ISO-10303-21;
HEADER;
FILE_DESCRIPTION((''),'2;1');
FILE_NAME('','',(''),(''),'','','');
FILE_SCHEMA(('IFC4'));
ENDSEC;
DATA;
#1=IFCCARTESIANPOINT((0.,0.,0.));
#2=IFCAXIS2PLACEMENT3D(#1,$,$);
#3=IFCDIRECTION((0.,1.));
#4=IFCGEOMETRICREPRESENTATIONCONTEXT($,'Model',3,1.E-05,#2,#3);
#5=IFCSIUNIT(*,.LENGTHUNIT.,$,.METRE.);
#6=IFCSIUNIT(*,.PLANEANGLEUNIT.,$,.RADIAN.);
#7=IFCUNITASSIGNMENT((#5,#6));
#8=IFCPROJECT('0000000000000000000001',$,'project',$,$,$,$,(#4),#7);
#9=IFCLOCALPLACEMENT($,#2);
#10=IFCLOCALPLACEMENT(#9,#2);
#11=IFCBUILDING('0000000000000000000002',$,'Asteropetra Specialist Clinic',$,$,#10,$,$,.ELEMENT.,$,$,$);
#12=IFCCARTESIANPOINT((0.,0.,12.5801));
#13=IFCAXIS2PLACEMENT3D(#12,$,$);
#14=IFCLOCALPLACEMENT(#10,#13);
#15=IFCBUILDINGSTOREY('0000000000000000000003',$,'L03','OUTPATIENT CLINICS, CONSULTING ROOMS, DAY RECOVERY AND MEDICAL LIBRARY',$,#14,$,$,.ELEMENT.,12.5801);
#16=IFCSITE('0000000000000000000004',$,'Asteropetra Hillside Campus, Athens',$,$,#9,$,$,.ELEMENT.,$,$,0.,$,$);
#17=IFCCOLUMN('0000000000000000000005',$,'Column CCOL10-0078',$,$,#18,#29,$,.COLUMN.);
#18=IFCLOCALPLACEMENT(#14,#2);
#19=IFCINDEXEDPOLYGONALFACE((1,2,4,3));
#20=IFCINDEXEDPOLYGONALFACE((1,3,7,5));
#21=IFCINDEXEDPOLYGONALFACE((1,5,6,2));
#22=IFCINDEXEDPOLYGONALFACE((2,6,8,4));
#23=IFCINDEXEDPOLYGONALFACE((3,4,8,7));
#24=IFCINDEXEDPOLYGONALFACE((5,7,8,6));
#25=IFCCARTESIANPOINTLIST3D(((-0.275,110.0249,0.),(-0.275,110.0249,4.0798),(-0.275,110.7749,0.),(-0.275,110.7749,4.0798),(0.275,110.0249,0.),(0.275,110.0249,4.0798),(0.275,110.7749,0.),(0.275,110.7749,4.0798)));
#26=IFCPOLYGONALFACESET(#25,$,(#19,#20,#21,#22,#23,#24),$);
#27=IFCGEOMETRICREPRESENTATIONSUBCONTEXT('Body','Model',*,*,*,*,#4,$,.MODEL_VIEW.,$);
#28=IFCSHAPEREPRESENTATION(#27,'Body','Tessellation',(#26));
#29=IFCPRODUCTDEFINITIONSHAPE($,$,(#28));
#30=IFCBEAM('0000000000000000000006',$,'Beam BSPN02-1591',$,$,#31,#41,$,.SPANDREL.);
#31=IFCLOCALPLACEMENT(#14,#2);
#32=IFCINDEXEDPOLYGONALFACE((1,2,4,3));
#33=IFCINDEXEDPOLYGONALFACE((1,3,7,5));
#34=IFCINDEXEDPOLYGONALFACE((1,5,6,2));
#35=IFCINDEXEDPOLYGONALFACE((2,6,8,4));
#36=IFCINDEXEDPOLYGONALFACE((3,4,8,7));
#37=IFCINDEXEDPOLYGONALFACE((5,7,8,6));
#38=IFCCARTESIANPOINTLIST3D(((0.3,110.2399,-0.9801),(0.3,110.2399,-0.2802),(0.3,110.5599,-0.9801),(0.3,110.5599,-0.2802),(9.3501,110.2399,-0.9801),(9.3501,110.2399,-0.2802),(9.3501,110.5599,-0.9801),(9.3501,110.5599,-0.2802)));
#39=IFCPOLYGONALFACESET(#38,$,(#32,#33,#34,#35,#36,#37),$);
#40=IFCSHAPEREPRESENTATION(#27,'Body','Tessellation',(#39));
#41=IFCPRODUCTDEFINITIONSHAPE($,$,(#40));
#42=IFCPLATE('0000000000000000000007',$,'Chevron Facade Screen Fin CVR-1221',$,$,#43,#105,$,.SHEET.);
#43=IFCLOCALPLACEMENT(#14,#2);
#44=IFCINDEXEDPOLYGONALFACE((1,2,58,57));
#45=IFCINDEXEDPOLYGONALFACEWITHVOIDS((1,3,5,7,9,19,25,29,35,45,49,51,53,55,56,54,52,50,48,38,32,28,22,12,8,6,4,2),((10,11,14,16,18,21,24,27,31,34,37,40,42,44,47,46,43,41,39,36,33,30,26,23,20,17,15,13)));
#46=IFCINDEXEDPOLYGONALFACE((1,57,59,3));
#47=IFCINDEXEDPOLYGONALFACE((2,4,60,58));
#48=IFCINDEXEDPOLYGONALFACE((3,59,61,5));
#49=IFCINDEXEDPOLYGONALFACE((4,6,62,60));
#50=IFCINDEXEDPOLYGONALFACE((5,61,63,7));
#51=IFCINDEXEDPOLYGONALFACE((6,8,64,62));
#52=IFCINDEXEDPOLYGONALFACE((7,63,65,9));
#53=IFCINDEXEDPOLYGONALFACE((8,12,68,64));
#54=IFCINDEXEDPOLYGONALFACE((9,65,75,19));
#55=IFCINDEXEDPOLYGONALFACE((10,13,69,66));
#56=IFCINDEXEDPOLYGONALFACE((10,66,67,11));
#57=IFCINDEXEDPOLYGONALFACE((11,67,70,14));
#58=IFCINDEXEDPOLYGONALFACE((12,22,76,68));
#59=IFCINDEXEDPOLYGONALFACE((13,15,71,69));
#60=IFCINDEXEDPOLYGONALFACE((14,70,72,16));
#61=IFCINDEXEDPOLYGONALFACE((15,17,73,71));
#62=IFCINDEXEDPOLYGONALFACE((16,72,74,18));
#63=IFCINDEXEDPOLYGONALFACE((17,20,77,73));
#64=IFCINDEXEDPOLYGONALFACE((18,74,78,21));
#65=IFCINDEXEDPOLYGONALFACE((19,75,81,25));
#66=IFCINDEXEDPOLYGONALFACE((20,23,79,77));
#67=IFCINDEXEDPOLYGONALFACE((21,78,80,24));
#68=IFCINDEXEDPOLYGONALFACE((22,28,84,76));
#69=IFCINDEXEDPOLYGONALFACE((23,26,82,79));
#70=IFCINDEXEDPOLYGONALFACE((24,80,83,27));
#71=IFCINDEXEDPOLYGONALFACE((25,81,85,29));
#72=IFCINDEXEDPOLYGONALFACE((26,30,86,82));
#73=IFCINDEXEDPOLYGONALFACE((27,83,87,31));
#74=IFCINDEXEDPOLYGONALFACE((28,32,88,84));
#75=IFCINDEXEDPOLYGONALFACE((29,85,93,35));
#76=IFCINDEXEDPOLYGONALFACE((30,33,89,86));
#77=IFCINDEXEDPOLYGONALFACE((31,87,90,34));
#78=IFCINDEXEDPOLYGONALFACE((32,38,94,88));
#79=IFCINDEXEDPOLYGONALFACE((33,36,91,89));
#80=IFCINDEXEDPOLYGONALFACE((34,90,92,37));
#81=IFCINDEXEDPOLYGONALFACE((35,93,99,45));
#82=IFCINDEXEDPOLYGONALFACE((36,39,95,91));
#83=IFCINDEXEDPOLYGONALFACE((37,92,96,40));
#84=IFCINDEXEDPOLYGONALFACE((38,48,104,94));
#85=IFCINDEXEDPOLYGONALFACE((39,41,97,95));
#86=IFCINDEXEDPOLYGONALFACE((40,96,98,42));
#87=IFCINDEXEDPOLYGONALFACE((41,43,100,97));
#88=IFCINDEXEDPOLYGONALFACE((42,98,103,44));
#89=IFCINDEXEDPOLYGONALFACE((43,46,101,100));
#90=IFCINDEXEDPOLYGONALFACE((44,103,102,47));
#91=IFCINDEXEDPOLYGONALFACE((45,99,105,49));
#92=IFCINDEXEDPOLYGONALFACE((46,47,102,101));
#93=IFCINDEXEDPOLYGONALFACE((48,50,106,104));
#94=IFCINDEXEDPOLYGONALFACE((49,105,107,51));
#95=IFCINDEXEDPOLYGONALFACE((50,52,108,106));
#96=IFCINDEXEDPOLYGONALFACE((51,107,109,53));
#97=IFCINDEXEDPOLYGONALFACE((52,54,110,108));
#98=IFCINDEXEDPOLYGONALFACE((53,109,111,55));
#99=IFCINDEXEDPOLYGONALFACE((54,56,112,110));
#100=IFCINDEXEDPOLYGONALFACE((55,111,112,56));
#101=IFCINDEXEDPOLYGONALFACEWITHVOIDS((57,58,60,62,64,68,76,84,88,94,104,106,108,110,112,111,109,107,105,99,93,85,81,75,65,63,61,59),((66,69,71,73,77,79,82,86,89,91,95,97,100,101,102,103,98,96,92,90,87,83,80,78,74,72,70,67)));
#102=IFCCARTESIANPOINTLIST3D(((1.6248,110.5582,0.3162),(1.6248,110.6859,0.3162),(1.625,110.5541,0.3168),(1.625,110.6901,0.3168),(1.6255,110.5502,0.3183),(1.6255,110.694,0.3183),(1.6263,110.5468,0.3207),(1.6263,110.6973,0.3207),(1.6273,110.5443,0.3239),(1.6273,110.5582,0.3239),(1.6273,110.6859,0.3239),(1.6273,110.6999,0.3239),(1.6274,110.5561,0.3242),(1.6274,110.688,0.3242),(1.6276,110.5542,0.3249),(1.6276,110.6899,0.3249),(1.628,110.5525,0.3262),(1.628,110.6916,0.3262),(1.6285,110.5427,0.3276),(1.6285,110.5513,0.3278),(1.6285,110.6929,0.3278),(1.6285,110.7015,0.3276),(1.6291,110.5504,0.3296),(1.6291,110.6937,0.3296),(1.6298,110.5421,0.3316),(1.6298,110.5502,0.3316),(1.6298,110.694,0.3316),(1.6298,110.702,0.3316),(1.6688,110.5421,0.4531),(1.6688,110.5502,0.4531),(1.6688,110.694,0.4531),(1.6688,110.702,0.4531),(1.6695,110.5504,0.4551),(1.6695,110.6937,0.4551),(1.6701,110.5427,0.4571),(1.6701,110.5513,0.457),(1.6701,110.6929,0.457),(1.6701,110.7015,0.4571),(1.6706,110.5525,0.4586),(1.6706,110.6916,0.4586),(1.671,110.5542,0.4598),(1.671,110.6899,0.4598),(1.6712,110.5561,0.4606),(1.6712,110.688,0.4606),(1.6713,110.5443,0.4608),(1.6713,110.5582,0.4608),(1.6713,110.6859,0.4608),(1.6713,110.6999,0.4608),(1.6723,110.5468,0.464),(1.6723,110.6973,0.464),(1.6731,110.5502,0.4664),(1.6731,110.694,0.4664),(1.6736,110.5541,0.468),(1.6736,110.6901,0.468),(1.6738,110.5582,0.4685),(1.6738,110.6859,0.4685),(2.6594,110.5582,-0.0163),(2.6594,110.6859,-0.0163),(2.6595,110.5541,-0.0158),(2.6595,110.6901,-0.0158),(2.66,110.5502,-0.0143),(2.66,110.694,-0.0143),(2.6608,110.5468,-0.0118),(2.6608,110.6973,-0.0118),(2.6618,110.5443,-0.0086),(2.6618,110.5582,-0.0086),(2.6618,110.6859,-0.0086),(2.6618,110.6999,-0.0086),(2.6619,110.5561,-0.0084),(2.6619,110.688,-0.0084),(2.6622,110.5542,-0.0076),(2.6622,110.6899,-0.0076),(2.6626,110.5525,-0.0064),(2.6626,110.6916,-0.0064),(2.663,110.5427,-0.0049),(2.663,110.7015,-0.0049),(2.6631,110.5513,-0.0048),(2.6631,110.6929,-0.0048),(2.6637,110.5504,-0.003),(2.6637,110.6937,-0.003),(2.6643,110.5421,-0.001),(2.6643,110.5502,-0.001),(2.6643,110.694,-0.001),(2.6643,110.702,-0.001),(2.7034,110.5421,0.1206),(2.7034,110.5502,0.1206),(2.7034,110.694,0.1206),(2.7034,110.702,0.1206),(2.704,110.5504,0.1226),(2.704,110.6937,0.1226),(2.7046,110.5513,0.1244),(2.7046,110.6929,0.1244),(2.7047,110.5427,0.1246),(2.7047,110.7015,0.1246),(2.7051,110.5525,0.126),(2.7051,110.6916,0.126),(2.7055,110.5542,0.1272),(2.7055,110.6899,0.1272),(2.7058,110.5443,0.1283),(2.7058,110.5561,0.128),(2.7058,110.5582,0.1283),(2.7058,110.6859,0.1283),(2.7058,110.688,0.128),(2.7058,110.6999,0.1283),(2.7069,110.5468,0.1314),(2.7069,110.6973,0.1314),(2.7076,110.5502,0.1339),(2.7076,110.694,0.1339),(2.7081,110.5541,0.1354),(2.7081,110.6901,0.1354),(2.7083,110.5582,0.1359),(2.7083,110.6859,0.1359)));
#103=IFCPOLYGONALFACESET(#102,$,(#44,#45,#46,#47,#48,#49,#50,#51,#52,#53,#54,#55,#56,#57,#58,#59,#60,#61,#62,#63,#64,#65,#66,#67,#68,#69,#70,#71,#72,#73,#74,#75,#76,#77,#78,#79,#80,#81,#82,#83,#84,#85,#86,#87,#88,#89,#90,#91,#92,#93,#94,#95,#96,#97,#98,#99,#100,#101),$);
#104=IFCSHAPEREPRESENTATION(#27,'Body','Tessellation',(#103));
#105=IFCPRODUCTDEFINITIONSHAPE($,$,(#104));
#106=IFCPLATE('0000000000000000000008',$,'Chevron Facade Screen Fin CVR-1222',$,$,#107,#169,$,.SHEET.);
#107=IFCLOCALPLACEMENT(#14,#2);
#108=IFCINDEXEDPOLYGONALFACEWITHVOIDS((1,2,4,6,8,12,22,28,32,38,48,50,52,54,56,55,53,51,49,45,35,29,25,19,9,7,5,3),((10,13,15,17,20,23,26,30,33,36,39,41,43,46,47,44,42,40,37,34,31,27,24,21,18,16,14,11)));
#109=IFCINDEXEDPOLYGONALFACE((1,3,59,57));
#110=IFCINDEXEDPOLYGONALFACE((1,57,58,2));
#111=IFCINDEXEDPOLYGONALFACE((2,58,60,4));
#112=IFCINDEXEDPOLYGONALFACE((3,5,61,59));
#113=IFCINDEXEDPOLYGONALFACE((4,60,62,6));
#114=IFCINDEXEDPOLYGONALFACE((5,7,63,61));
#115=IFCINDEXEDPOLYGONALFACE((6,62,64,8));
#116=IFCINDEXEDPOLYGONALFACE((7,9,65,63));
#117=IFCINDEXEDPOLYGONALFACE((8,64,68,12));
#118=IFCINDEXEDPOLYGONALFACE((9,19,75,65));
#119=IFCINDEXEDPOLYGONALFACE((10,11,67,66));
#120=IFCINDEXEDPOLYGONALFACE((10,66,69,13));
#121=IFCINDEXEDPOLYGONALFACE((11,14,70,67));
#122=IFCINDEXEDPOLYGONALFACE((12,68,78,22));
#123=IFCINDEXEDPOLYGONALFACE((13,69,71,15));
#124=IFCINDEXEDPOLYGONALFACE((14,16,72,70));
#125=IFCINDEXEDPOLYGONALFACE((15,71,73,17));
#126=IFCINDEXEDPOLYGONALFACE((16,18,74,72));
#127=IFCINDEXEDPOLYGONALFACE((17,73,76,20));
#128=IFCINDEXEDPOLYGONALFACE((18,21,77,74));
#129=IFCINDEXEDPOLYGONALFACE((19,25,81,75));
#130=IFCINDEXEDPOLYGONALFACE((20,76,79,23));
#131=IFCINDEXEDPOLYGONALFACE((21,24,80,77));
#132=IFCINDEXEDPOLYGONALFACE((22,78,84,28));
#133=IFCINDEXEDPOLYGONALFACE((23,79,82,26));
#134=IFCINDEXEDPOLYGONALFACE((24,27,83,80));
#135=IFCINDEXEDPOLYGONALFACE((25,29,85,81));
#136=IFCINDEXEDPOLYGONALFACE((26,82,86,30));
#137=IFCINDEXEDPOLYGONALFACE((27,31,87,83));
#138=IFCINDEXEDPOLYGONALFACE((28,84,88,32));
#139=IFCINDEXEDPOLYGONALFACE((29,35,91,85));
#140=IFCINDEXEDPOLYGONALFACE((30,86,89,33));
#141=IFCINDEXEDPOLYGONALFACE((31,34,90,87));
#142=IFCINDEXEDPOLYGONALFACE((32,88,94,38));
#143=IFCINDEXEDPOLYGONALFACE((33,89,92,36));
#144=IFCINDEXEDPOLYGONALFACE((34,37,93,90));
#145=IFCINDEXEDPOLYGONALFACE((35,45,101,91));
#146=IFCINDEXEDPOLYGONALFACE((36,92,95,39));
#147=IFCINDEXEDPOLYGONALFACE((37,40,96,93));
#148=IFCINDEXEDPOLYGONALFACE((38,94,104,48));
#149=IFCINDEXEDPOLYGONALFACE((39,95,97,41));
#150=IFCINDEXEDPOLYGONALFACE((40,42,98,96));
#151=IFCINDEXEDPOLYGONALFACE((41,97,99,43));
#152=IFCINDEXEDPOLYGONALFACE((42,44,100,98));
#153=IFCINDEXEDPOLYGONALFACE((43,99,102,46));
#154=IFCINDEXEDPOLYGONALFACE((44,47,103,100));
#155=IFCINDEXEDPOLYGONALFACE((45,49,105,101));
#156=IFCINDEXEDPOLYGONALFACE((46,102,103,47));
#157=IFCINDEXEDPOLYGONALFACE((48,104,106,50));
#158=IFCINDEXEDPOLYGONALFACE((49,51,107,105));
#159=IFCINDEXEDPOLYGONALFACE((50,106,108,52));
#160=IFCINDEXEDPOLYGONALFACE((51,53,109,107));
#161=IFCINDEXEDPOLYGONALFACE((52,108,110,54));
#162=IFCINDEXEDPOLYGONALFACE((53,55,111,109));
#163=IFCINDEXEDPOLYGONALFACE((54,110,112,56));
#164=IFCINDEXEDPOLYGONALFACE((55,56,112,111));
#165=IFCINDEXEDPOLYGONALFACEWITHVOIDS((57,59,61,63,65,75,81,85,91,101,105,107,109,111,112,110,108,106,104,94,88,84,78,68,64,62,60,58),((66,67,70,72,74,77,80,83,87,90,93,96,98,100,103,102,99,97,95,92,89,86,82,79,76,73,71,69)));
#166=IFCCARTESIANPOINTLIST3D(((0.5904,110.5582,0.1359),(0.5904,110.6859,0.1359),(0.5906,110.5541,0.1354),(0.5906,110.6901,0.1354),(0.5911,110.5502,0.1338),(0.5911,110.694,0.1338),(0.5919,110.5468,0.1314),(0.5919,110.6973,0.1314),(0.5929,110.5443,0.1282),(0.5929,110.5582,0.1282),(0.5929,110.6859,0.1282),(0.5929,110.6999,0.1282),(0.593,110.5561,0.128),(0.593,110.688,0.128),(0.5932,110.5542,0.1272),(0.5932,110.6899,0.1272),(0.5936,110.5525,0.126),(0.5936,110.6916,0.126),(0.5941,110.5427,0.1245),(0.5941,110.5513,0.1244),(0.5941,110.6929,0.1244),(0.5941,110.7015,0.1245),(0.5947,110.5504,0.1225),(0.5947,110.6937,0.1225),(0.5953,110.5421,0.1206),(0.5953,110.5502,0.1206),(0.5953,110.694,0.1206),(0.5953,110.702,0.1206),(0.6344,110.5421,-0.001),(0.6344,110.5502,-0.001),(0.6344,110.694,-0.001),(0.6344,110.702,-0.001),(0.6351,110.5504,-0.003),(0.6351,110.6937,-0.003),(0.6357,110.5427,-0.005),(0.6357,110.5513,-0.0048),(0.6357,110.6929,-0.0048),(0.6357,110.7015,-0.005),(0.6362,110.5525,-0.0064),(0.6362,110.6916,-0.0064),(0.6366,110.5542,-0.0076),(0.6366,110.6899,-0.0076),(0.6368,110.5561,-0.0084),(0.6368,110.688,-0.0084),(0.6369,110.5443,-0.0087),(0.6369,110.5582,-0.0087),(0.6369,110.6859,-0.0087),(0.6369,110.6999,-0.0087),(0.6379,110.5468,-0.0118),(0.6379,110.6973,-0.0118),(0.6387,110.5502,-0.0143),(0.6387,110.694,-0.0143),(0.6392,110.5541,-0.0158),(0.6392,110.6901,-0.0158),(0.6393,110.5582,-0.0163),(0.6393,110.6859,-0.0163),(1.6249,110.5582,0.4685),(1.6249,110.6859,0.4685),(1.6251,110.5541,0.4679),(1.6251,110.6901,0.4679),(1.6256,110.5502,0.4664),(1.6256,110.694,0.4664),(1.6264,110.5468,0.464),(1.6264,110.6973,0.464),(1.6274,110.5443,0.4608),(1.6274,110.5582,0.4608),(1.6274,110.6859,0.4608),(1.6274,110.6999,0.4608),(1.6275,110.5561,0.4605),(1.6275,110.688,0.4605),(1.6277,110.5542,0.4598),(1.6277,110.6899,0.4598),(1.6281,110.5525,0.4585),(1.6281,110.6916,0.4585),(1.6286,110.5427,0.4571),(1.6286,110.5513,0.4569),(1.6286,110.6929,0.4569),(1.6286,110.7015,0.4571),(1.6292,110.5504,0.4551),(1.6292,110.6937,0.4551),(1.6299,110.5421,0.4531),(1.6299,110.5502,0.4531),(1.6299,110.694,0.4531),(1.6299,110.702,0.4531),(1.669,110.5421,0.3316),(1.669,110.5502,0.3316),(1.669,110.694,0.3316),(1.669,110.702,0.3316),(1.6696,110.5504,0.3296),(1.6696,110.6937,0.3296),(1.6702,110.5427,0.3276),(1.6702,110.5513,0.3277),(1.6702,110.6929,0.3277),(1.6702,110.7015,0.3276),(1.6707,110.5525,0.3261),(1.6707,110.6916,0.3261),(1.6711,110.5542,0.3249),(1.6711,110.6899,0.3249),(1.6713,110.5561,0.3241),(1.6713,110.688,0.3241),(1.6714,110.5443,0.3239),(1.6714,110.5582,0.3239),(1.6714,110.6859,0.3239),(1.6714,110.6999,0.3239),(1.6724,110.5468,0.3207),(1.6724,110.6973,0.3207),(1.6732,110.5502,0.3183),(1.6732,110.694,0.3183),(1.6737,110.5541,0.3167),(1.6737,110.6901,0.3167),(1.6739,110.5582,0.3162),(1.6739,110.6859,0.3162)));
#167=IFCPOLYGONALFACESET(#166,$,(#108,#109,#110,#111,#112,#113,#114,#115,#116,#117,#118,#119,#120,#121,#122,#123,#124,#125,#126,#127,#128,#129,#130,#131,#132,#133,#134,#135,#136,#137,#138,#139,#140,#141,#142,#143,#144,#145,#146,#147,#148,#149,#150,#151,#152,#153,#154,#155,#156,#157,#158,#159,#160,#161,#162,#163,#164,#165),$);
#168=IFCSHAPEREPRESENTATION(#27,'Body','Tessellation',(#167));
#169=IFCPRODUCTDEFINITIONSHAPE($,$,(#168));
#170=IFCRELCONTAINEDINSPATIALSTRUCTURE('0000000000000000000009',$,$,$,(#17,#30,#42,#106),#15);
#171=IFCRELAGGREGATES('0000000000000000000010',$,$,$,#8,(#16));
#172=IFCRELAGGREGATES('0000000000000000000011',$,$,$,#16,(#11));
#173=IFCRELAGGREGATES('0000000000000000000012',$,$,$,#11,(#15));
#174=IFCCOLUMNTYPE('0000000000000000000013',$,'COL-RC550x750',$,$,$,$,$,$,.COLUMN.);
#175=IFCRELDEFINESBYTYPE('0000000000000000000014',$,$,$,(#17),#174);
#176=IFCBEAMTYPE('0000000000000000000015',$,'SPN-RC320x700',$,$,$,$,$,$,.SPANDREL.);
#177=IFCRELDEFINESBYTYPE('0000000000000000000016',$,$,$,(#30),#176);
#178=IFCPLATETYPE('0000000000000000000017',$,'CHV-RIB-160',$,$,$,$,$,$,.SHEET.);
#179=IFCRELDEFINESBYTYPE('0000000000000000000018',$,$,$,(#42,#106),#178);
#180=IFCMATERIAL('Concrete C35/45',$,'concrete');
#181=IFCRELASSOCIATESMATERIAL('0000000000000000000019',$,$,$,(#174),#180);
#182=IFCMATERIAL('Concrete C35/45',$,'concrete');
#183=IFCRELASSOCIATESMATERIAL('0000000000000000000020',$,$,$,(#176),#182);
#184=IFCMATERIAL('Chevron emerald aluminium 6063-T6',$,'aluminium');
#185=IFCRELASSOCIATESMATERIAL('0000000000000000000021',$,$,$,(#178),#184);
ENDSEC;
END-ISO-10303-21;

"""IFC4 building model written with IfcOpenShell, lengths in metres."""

from ifc_helpers import new_model, si_unit, direction, frame, origin, origin_2d, place, context, subcontext, project, spatial, rectangle, hollow_rectangle, extrude, material, material_profile, profile_set, type_object, element, save


model = new_model("IFC4")

# Units and contexts
model_context = context("Model", 3, precision=1e-05, world=origin(), true_north=direction((0.0, 1.0)))
body_context = subcontext(model_context, "Body", "Model", "MODEL_VIEW")
ifc_project = project(units=[si_unit("LENGTHUNIT", "METRE"), si_unit("PLANEANGLEUNIT", "RADIAN")], contexts=[model_context])

# Site, building, storey
site_placement = place(None, origin())
site = spatial("IfcSite", under=ifc_project, at=site_placement, Name="Asteropetra Hillside Campus, Athens", CompositionType="ELEMENT", RefElevation=0.0)
building_placement = place(site_placement, origin())
building = spatial("IfcBuilding", under=site, at=building_placement, Name="Asteropetra Specialist Clinic", CompositionType="ELEMENT")
storey_placement = place(building_placement, frame((0.0, 0.0, 12.5801)))
storey = spatial("IfcBuildingStorey", under=building, at=storey_placement, Name="L03", Description="OUTPATIENT CLINICS, CONSULTING ROOMS, DAY RECOVERY AND MEDICAL LIBRARY", CompositionType="ELEMENT", Elevation=12.5801)

# Column
ifc_material_1 = material(Name="Concrete C35/45", Category="concrete")
ifc_material_profile_1 = material_profile(ifc_material_1, rectangle(XDim=0.55, YDim=0.75, at=origin_2d()), Name="RC 550x750")
ifc_profile_set_1 = profile_set([ifc_material_profile_1], Name="Concrete C35/45")
column_type = type_object("IfcColumnType", Name="COL-RC550x750", PredefinedType="COLUMN", material=ifc_profile_set_1)
column_placement = place(storey_placement, frame((0.0, 110.3999, 0.0), z_axis=(0.0, 0.0, 1.0), x_axis=(1.0, 0.0, 0.0)))
element("IfcColumn", 1, at=column_placement, inside=storey, type_object=column_type, Name="Column CCOL10-0078", PredefinedType="COLUMN", context=body_context, shape_type="SweptSolid", body=[
    extrude(rectangle(XDim=0.55, YDim=0.75, at=origin_2d()), origin(), (0.0, 0.0, 1.0), 4.0798),
])

# Beam
ifc_material_2 = material(Name="Concrete C35/45", Category="concrete")
ifc_material_profile_2 = material_profile(ifc_material_2, rectangle(XDim=0.3201, YDim=0.7, at=origin_2d()), Name="RCS 320x700")
ifc_profile_set_2 = profile_set([ifc_material_profile_2], Name="Concrete C35/45")
beam_type = type_object("IfcBeamType", Name="SPN-RC320x700", PredefinedType="SPANDREL", material=ifc_profile_set_2)
beam_placement = place(storey_placement, frame((0.3, 110.3999, -0.6301), z_axis=(1.0, 0.0, 0.0), x_axis=(0.0, 1.0, 0.0)))
element("IfcBeam", 2, at=beam_placement, inside=storey, type_object=beam_type, Name="Beam BSPN02-1591", PredefinedType="SPANDREL", context=body_context, shape_type="SweptSolid", body=[
    extrude(rectangle(XDim=0.3201, YDim=0.7, at=origin_2d()), origin(), (0.0, 0.0, 1.0), 9.05),
])

# Plates
ifc_material_3 = material(Name="Chevron emerald aluminium 6063-T6", Category="aluminium")
ifc_material_profile_3 = material_profile(ifc_material_3, hollow_rectangle(XDim=0.1599, YDim=0.1599, WallThickness=0.0081, InnerFilletRadius=0.0081, OuterFilletRadius=0.0161, at=origin_2d()), Name="SHS 160x160x8.0")
ifc_profile_set_3 = profile_set([ifc_material_profile_3], Name="Chevron emerald aluminium 6063-T6")
plate_type_1 = type_object("IfcPlateType", Name="CHV-RIB-160", PredefinedType="SHEET", material=ifc_profile_set_3)
for number, where, z_axis, x_axis, name in (
    (3, (2.6838, 110.6221, 0.0598), (-0.952022, 0.0, 0.306031), (0.0, -1.0, 0.0), "Chevron Facade Screen Fin CVR-1221"),
    (4, (1.6494, 110.6221, 0.3923), (-0.952022, 0.0, -0.306031), (0.0, -1.0, 0.0), "Chevron Facade Screen Fin CVR-1222"),
):
    element("IfcPlate", number, at=place(storey_placement, frame(where, z_axis=z_axis, x_axis=x_axis)), inside=storey, type_object=plate_type_1, Name=name, PredefinedType="SHEET", context=body_context, shape_type="SweptSolid", body=[
        extrude(hollow_rectangle(XDim=0.1599, YDim=0.1599, WallThickness=0.0081, InnerFilletRadius=0.0081, OuterFilletRadius=0.0161, at=origin_2d()), origin(), (0.0, 0.0, 1.0), 1.0867),
    ])

save(model, "model.ifc")
